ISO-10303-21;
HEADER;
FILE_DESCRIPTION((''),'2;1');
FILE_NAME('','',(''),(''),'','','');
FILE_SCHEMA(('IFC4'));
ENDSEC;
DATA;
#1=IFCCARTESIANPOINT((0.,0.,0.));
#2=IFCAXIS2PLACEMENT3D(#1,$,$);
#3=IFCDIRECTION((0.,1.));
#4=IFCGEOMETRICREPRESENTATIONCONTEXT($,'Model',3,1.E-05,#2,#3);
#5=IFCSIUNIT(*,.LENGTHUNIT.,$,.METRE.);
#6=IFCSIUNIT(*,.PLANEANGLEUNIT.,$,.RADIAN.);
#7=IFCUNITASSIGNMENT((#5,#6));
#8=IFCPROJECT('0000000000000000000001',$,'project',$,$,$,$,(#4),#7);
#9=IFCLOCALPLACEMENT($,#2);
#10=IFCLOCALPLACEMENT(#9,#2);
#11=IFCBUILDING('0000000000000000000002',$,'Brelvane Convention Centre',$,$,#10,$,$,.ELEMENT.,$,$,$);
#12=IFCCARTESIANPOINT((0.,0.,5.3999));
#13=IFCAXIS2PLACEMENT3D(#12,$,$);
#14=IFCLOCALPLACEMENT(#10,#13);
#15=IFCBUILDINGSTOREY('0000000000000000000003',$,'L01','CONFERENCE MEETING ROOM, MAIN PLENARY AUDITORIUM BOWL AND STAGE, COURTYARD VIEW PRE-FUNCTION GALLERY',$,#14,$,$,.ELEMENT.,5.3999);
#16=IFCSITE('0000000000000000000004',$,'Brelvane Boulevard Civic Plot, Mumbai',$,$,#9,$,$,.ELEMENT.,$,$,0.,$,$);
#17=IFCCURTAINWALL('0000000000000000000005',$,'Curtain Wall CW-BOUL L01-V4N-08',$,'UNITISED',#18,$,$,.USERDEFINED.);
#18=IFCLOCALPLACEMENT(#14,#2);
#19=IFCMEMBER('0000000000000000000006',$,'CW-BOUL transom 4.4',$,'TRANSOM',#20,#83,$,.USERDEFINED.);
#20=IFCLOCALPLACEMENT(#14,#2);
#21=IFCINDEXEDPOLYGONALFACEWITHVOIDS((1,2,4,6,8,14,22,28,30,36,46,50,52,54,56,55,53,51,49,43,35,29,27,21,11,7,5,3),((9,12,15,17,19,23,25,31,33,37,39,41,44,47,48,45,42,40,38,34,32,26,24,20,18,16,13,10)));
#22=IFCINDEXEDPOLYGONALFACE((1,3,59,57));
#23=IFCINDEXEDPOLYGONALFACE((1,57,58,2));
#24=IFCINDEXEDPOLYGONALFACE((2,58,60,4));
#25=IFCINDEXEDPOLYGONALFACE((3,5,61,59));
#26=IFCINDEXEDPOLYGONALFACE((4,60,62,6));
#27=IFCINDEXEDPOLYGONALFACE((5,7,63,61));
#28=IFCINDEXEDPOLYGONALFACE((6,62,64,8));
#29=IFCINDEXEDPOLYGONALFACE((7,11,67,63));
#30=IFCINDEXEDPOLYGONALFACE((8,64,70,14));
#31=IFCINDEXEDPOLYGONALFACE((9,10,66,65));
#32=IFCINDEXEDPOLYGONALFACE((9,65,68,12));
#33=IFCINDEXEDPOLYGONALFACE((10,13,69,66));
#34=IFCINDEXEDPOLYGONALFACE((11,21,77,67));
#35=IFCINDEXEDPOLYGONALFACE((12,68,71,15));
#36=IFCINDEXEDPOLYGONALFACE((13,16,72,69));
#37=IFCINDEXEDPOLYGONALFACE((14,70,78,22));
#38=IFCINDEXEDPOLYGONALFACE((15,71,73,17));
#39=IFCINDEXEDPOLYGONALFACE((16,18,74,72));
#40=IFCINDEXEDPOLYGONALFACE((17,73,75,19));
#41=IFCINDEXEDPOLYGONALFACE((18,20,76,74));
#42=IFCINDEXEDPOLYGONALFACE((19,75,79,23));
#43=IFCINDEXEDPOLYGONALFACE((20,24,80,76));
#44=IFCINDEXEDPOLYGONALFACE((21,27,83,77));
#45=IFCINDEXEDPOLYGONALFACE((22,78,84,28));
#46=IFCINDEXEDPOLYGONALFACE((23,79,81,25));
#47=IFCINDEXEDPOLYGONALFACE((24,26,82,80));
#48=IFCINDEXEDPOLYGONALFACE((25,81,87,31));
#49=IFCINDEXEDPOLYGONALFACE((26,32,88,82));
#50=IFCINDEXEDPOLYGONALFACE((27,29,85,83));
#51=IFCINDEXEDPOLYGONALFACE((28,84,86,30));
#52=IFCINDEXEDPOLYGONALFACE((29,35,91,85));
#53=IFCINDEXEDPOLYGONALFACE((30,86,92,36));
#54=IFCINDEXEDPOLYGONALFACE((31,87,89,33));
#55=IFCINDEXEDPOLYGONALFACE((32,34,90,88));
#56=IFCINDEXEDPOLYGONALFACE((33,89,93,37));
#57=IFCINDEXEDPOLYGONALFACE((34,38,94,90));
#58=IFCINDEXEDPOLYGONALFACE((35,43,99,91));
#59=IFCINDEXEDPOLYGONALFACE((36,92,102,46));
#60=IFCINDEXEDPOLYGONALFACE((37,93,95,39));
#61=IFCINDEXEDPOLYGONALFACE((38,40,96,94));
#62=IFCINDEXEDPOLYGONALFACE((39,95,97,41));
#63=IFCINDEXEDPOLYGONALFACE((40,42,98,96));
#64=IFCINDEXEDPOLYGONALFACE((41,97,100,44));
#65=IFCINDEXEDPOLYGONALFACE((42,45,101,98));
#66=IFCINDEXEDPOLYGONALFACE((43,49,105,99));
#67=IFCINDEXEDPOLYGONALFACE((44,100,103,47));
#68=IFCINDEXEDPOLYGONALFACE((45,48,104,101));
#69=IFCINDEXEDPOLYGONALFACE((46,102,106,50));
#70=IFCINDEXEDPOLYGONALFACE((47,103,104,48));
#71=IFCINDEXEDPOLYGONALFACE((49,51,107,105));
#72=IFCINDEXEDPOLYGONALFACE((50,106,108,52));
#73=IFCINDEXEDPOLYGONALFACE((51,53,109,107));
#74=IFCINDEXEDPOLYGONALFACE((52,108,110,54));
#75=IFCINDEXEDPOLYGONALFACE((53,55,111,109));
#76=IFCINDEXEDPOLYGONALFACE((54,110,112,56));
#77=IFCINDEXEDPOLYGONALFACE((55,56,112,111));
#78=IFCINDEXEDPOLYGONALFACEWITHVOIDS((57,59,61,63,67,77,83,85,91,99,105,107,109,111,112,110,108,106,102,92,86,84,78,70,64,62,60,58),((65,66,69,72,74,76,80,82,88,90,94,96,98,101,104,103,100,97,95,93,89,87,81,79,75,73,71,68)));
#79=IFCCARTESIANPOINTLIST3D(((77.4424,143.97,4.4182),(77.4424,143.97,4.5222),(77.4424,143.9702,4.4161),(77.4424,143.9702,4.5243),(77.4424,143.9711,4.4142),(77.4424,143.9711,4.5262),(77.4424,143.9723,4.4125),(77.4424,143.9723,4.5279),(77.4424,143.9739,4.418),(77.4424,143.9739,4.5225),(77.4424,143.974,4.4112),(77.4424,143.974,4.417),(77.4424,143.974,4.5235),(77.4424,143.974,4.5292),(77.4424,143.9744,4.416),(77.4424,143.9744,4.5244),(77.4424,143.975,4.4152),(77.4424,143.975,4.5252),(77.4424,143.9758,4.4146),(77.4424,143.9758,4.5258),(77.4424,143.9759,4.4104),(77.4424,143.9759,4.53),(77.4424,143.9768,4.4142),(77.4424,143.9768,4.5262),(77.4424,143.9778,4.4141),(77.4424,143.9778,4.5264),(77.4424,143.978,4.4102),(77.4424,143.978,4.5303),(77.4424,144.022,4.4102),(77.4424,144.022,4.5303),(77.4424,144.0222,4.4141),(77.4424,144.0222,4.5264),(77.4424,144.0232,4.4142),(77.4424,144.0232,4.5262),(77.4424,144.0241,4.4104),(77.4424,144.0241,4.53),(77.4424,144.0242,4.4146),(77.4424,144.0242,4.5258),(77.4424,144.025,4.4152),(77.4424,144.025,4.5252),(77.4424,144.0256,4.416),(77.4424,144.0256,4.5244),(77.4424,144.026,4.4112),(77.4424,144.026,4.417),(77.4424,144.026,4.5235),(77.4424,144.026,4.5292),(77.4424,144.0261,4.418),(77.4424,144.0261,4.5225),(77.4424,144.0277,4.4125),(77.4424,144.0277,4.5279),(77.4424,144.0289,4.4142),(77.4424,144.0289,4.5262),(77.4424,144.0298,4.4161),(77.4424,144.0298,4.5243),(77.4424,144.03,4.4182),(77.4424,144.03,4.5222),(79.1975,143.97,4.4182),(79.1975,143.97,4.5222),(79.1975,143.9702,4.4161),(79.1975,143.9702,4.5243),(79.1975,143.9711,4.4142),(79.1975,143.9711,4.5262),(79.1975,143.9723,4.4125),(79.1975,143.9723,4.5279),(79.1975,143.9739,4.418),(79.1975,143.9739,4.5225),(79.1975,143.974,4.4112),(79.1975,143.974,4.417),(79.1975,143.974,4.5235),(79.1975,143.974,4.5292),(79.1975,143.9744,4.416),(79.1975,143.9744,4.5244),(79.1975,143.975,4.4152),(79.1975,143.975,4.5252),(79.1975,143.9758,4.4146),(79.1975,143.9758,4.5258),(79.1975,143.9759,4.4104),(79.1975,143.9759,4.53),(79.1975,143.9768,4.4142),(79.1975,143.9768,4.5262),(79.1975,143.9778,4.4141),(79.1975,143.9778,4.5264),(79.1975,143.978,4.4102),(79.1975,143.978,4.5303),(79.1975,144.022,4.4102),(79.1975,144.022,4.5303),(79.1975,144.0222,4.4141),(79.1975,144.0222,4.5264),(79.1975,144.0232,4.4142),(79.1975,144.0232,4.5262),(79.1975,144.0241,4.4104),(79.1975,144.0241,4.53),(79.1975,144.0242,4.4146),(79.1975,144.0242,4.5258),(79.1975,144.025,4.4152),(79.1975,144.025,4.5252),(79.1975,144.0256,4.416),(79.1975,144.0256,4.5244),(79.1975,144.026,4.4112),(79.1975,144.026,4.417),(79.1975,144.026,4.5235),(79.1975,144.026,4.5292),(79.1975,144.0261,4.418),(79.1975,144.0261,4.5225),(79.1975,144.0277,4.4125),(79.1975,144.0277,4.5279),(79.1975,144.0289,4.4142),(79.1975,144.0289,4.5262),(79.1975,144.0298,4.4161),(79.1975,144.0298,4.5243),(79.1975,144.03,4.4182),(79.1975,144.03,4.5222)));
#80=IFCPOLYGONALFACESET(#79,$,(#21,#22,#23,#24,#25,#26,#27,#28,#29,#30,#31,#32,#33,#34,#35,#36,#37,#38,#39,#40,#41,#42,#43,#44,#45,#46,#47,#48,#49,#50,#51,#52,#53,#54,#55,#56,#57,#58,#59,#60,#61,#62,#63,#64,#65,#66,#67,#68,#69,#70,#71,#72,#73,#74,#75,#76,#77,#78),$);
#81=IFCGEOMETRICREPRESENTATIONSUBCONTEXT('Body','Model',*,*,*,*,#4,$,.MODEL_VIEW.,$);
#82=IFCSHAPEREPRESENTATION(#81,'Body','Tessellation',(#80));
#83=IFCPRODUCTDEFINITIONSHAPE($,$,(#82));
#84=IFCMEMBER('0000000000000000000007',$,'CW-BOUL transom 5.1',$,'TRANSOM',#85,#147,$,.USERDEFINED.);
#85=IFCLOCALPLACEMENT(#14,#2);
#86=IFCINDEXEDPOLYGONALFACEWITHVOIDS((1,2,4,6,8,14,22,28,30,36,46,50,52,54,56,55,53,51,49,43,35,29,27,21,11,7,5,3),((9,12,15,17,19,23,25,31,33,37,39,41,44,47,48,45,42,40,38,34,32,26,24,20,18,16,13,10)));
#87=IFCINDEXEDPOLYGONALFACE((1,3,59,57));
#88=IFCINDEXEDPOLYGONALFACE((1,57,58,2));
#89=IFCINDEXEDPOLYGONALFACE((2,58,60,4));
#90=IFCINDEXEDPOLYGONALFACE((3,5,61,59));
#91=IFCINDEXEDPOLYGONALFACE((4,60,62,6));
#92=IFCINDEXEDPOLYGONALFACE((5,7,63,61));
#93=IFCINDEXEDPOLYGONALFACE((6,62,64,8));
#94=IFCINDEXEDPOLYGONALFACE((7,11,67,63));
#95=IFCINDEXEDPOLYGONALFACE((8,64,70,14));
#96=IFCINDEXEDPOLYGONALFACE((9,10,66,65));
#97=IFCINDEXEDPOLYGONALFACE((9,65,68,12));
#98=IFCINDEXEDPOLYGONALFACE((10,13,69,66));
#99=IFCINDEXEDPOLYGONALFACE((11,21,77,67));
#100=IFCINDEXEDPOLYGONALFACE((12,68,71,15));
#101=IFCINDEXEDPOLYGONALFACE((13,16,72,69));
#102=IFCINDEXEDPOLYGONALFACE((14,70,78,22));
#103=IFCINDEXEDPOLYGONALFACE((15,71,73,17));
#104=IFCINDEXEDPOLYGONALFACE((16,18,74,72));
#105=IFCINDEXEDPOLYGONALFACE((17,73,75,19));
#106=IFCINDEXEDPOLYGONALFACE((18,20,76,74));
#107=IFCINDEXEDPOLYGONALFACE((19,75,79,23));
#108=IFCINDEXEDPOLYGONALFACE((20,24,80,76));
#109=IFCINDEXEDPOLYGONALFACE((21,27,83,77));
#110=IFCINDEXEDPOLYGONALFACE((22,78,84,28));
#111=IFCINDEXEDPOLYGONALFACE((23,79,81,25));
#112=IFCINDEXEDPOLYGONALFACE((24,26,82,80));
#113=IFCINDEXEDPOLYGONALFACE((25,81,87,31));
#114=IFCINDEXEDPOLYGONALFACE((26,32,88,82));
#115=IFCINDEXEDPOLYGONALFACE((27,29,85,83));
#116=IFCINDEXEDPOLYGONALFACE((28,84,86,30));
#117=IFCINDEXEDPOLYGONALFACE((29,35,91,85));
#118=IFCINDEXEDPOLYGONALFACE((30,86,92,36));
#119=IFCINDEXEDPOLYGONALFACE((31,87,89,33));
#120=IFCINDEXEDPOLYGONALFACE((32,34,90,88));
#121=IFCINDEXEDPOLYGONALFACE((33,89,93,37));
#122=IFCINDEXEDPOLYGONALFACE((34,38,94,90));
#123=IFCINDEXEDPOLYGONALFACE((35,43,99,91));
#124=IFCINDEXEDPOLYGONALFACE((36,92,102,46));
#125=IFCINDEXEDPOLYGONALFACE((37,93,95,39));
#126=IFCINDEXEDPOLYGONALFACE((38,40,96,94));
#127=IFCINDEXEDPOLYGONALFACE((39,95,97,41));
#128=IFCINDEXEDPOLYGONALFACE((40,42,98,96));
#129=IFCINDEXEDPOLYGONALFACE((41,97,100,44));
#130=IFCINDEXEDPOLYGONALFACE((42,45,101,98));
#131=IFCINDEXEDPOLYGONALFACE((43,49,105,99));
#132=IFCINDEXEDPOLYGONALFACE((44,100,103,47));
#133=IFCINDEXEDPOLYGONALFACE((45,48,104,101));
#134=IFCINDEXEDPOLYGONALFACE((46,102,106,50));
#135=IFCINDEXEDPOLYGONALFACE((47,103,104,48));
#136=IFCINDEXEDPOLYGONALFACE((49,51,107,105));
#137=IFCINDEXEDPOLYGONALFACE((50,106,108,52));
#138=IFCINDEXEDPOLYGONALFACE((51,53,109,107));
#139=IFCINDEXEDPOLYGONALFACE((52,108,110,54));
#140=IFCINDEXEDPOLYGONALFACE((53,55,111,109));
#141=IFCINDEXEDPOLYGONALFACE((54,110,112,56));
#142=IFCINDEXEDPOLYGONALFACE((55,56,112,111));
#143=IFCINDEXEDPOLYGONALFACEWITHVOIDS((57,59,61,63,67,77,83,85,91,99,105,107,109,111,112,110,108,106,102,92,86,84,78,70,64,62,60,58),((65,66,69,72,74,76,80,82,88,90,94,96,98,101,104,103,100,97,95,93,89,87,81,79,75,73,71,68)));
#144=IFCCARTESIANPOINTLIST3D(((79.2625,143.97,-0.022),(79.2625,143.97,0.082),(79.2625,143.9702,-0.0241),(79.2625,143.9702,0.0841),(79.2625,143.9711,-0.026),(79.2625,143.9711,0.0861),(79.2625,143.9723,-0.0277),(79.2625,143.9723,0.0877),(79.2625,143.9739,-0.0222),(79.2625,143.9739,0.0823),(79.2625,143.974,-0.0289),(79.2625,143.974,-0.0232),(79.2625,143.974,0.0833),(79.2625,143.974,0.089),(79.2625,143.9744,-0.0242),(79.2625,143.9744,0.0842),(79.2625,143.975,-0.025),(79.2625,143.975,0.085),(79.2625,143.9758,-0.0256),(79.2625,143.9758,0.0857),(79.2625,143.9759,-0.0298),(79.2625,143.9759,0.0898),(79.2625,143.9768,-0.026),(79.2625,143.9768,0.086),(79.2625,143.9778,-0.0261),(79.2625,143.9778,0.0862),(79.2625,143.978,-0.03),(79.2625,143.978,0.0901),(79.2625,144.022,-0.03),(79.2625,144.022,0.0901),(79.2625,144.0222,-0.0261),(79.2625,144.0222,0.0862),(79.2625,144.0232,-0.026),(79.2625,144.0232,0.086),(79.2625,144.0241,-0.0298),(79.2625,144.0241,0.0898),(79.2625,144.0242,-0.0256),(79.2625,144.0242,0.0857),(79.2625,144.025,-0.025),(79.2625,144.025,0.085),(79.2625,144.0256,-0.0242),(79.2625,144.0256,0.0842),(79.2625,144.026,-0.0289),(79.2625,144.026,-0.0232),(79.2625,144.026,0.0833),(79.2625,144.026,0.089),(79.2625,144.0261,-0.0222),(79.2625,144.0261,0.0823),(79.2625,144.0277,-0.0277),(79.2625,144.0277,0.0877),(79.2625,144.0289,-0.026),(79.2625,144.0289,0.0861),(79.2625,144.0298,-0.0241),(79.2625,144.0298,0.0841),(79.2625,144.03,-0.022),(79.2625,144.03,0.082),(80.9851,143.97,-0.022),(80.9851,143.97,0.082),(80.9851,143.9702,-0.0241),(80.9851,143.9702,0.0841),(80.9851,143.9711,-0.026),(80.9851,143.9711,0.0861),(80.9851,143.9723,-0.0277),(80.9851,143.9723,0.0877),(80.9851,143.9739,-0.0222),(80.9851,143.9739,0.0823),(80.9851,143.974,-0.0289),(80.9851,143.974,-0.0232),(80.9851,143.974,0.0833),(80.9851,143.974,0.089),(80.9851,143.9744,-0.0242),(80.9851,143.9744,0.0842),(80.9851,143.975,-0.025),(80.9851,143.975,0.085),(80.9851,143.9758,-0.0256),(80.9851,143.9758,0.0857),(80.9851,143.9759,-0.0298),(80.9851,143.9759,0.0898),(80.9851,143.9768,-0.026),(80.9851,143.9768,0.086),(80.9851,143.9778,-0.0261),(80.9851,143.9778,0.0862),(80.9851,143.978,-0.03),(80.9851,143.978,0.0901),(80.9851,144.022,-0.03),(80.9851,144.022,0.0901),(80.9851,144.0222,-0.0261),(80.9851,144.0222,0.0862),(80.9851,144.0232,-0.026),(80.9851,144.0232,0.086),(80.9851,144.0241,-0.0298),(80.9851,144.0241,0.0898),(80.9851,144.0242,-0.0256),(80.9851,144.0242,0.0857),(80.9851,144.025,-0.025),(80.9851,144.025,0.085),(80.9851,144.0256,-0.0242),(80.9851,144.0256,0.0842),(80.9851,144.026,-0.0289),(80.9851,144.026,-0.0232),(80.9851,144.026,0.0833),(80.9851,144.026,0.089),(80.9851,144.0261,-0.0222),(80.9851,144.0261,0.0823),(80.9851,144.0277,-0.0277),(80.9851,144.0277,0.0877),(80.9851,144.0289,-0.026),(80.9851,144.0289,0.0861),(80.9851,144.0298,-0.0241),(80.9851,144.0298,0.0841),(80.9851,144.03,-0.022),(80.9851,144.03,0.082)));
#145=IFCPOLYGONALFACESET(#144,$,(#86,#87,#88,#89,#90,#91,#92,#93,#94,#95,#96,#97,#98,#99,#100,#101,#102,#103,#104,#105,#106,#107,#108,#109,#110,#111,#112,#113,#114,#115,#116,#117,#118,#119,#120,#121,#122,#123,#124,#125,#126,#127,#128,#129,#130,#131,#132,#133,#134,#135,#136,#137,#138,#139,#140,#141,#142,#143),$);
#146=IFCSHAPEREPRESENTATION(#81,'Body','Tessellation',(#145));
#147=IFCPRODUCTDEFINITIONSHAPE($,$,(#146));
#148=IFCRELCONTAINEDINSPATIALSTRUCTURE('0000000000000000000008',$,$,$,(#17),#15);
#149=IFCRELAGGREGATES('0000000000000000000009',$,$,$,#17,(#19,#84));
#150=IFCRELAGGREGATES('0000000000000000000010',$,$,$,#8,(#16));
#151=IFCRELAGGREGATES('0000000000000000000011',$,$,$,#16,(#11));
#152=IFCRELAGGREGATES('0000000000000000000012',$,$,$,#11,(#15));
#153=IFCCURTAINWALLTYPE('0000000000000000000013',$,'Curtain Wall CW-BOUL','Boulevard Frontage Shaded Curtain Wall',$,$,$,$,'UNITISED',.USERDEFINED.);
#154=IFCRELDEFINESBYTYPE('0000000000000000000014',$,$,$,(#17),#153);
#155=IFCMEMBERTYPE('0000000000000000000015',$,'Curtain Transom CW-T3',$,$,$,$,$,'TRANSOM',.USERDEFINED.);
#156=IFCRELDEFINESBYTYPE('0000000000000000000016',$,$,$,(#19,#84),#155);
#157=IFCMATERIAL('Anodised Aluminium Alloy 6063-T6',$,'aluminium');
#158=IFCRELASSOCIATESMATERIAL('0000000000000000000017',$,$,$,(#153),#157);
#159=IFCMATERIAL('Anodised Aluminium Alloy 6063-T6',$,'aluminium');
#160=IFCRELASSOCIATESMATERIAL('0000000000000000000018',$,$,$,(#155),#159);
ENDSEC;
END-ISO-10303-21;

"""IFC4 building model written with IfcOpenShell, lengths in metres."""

from ifc_helpers import new_model, si_unit, direction, frame, origin, origin_2d, place, context, subcontext, project, spatial, hollow_rectangle, extrude, material, material_profile, profile_set, type_object, element, aggregate, save


model = new_model("IFC4")

# Units and contexts
model_context = context("Model", 3, precision=1e-05, world=origin(), true_north=direction((0.0, 1.0)))
body_context = subcontext(model_context, "Body", "Model", "MODEL_VIEW")
ifc_project = project(units=[si_unit("LENGTHUNIT", "METRE"), si_unit("PLANEANGLEUNIT", "RADIAN")], contexts=[model_context])

# Site, building, storey
site_placement = place(None, origin())
site = spatial("IfcSite", under=ifc_project, at=site_placement, Name="Brelvane Boulevard Civic Plot, Mumbai", CompositionType="ELEMENT", RefElevation=0.0)
building_placement = place(site_placement, origin())
building = spatial("IfcBuilding", under=site, at=building_placement, Name="Brelvane Convention Centre", CompositionType="ELEMENT")
storey_placement = place(building_placement, frame((0.0, 0.0, 5.3999)))
storey = spatial("IfcBuildingStorey", under=building, at=storey_placement, Name="L01", Description="CONFERENCE MEETING ROOM, MAIN PLENARY AUDITORIUM BOWL AND STAGE, COURTYARD VIEW PRE-FUNCTION GALLERY", CompositionType="ELEMENT", Elevation=5.3999)

# Curtain wall, members
ifc_material_1 = material(Name="Anodised Aluminium Alloy 6063-T6", Category="aluminium")
curtain_wall_type = type_object("IfcCurtainWallType", Name="Curtain Wall CW-BOUL", Description="Boulevard Frontage Shaded Curtain Wall", ElementType="UNITISED", PredefinedType="USERDEFINED", material=ifc_material_1)
curtain_wall_placement = place(storey_placement, origin())
curtain_wall = element("IfcCurtainWall", 1, at=curtain_wall_placement, inside=storey, type_object=curtain_wall_type, Name="Curtain Wall CW-BOUL L01-V4N-08", ObjectType="UNITISED", PredefinedType="USERDEFINED")
ifc_material_2 = material(Name="Anodised Aluminium Alloy 6063-T6", Category="aluminium")
ifc_material_profile_1 = material_profile(ifc_material_2, hollow_rectangle(XDim=0.0601, YDim=0.1201, WallThickness=0.0039, InnerFilletRadius=0.0039, OuterFilletRadius=0.0081, at=origin_2d()), Name="ALU-T 120x60x4.0")
ifc_profile_set_1 = profile_set([ifc_material_profile_1], Name="Anodised Aluminium Alloy 6063-T6")
member_type_1 = type_object("IfcMemberType", Name="Curtain Transom CW-T3", ElementType="TRANSOM", PredefinedType="USERDEFINED", material=ifc_profile_set_1)
member_1_placement = place(storey_placement, frame((77.4424, 144.0, 4.4702), z_axis=(1.0, 0.0, 0.0), x_axis=(0.0, 1.0, 0.0)))
member_1 = element("IfcMember", 2, at=member_1_placement, type_object=member_type_1, Name="CW-BOUL transom 4.4", ObjectType="TRANSOM", PredefinedType="USERDEFINED", context=body_context, shape_type="SweptSolid", body=[
    extrude(hollow_rectangle(XDim=0.0601, YDim=0.1201, WallThickness=0.0039, InnerFilletRadius=0.0039, OuterFilletRadius=0.0081, at=origin_2d()), origin(), (0.0, 0.0, 1.0), 1.7551),
])
member_2_placement = place(storey_placement, frame((79.2625, 144.0, 0.03), z_axis=(1.0, 0.0, 0.0), x_axis=(0.0, 1.0, 0.0)))
member_2 = element("IfcMember", 3, at=member_2_placement, type_object=member_type_1, Name="CW-BOUL transom 5.1", ObjectType="TRANSOM", PredefinedType="USERDEFINED", context=body_context, shape_type="SweptSolid", body=[
    extrude(hollow_rectangle(XDim=0.0601, YDim=0.1201, WallThickness=0.0039, InnerFilletRadius=0.0039, OuterFilletRadius=0.0081, at=origin_2d()), origin(), (0.0, 0.0, 1.0), 1.7227),
])

aggregate(curtain_wall, [member_1, member_2])

save(model, "model.ifc")
